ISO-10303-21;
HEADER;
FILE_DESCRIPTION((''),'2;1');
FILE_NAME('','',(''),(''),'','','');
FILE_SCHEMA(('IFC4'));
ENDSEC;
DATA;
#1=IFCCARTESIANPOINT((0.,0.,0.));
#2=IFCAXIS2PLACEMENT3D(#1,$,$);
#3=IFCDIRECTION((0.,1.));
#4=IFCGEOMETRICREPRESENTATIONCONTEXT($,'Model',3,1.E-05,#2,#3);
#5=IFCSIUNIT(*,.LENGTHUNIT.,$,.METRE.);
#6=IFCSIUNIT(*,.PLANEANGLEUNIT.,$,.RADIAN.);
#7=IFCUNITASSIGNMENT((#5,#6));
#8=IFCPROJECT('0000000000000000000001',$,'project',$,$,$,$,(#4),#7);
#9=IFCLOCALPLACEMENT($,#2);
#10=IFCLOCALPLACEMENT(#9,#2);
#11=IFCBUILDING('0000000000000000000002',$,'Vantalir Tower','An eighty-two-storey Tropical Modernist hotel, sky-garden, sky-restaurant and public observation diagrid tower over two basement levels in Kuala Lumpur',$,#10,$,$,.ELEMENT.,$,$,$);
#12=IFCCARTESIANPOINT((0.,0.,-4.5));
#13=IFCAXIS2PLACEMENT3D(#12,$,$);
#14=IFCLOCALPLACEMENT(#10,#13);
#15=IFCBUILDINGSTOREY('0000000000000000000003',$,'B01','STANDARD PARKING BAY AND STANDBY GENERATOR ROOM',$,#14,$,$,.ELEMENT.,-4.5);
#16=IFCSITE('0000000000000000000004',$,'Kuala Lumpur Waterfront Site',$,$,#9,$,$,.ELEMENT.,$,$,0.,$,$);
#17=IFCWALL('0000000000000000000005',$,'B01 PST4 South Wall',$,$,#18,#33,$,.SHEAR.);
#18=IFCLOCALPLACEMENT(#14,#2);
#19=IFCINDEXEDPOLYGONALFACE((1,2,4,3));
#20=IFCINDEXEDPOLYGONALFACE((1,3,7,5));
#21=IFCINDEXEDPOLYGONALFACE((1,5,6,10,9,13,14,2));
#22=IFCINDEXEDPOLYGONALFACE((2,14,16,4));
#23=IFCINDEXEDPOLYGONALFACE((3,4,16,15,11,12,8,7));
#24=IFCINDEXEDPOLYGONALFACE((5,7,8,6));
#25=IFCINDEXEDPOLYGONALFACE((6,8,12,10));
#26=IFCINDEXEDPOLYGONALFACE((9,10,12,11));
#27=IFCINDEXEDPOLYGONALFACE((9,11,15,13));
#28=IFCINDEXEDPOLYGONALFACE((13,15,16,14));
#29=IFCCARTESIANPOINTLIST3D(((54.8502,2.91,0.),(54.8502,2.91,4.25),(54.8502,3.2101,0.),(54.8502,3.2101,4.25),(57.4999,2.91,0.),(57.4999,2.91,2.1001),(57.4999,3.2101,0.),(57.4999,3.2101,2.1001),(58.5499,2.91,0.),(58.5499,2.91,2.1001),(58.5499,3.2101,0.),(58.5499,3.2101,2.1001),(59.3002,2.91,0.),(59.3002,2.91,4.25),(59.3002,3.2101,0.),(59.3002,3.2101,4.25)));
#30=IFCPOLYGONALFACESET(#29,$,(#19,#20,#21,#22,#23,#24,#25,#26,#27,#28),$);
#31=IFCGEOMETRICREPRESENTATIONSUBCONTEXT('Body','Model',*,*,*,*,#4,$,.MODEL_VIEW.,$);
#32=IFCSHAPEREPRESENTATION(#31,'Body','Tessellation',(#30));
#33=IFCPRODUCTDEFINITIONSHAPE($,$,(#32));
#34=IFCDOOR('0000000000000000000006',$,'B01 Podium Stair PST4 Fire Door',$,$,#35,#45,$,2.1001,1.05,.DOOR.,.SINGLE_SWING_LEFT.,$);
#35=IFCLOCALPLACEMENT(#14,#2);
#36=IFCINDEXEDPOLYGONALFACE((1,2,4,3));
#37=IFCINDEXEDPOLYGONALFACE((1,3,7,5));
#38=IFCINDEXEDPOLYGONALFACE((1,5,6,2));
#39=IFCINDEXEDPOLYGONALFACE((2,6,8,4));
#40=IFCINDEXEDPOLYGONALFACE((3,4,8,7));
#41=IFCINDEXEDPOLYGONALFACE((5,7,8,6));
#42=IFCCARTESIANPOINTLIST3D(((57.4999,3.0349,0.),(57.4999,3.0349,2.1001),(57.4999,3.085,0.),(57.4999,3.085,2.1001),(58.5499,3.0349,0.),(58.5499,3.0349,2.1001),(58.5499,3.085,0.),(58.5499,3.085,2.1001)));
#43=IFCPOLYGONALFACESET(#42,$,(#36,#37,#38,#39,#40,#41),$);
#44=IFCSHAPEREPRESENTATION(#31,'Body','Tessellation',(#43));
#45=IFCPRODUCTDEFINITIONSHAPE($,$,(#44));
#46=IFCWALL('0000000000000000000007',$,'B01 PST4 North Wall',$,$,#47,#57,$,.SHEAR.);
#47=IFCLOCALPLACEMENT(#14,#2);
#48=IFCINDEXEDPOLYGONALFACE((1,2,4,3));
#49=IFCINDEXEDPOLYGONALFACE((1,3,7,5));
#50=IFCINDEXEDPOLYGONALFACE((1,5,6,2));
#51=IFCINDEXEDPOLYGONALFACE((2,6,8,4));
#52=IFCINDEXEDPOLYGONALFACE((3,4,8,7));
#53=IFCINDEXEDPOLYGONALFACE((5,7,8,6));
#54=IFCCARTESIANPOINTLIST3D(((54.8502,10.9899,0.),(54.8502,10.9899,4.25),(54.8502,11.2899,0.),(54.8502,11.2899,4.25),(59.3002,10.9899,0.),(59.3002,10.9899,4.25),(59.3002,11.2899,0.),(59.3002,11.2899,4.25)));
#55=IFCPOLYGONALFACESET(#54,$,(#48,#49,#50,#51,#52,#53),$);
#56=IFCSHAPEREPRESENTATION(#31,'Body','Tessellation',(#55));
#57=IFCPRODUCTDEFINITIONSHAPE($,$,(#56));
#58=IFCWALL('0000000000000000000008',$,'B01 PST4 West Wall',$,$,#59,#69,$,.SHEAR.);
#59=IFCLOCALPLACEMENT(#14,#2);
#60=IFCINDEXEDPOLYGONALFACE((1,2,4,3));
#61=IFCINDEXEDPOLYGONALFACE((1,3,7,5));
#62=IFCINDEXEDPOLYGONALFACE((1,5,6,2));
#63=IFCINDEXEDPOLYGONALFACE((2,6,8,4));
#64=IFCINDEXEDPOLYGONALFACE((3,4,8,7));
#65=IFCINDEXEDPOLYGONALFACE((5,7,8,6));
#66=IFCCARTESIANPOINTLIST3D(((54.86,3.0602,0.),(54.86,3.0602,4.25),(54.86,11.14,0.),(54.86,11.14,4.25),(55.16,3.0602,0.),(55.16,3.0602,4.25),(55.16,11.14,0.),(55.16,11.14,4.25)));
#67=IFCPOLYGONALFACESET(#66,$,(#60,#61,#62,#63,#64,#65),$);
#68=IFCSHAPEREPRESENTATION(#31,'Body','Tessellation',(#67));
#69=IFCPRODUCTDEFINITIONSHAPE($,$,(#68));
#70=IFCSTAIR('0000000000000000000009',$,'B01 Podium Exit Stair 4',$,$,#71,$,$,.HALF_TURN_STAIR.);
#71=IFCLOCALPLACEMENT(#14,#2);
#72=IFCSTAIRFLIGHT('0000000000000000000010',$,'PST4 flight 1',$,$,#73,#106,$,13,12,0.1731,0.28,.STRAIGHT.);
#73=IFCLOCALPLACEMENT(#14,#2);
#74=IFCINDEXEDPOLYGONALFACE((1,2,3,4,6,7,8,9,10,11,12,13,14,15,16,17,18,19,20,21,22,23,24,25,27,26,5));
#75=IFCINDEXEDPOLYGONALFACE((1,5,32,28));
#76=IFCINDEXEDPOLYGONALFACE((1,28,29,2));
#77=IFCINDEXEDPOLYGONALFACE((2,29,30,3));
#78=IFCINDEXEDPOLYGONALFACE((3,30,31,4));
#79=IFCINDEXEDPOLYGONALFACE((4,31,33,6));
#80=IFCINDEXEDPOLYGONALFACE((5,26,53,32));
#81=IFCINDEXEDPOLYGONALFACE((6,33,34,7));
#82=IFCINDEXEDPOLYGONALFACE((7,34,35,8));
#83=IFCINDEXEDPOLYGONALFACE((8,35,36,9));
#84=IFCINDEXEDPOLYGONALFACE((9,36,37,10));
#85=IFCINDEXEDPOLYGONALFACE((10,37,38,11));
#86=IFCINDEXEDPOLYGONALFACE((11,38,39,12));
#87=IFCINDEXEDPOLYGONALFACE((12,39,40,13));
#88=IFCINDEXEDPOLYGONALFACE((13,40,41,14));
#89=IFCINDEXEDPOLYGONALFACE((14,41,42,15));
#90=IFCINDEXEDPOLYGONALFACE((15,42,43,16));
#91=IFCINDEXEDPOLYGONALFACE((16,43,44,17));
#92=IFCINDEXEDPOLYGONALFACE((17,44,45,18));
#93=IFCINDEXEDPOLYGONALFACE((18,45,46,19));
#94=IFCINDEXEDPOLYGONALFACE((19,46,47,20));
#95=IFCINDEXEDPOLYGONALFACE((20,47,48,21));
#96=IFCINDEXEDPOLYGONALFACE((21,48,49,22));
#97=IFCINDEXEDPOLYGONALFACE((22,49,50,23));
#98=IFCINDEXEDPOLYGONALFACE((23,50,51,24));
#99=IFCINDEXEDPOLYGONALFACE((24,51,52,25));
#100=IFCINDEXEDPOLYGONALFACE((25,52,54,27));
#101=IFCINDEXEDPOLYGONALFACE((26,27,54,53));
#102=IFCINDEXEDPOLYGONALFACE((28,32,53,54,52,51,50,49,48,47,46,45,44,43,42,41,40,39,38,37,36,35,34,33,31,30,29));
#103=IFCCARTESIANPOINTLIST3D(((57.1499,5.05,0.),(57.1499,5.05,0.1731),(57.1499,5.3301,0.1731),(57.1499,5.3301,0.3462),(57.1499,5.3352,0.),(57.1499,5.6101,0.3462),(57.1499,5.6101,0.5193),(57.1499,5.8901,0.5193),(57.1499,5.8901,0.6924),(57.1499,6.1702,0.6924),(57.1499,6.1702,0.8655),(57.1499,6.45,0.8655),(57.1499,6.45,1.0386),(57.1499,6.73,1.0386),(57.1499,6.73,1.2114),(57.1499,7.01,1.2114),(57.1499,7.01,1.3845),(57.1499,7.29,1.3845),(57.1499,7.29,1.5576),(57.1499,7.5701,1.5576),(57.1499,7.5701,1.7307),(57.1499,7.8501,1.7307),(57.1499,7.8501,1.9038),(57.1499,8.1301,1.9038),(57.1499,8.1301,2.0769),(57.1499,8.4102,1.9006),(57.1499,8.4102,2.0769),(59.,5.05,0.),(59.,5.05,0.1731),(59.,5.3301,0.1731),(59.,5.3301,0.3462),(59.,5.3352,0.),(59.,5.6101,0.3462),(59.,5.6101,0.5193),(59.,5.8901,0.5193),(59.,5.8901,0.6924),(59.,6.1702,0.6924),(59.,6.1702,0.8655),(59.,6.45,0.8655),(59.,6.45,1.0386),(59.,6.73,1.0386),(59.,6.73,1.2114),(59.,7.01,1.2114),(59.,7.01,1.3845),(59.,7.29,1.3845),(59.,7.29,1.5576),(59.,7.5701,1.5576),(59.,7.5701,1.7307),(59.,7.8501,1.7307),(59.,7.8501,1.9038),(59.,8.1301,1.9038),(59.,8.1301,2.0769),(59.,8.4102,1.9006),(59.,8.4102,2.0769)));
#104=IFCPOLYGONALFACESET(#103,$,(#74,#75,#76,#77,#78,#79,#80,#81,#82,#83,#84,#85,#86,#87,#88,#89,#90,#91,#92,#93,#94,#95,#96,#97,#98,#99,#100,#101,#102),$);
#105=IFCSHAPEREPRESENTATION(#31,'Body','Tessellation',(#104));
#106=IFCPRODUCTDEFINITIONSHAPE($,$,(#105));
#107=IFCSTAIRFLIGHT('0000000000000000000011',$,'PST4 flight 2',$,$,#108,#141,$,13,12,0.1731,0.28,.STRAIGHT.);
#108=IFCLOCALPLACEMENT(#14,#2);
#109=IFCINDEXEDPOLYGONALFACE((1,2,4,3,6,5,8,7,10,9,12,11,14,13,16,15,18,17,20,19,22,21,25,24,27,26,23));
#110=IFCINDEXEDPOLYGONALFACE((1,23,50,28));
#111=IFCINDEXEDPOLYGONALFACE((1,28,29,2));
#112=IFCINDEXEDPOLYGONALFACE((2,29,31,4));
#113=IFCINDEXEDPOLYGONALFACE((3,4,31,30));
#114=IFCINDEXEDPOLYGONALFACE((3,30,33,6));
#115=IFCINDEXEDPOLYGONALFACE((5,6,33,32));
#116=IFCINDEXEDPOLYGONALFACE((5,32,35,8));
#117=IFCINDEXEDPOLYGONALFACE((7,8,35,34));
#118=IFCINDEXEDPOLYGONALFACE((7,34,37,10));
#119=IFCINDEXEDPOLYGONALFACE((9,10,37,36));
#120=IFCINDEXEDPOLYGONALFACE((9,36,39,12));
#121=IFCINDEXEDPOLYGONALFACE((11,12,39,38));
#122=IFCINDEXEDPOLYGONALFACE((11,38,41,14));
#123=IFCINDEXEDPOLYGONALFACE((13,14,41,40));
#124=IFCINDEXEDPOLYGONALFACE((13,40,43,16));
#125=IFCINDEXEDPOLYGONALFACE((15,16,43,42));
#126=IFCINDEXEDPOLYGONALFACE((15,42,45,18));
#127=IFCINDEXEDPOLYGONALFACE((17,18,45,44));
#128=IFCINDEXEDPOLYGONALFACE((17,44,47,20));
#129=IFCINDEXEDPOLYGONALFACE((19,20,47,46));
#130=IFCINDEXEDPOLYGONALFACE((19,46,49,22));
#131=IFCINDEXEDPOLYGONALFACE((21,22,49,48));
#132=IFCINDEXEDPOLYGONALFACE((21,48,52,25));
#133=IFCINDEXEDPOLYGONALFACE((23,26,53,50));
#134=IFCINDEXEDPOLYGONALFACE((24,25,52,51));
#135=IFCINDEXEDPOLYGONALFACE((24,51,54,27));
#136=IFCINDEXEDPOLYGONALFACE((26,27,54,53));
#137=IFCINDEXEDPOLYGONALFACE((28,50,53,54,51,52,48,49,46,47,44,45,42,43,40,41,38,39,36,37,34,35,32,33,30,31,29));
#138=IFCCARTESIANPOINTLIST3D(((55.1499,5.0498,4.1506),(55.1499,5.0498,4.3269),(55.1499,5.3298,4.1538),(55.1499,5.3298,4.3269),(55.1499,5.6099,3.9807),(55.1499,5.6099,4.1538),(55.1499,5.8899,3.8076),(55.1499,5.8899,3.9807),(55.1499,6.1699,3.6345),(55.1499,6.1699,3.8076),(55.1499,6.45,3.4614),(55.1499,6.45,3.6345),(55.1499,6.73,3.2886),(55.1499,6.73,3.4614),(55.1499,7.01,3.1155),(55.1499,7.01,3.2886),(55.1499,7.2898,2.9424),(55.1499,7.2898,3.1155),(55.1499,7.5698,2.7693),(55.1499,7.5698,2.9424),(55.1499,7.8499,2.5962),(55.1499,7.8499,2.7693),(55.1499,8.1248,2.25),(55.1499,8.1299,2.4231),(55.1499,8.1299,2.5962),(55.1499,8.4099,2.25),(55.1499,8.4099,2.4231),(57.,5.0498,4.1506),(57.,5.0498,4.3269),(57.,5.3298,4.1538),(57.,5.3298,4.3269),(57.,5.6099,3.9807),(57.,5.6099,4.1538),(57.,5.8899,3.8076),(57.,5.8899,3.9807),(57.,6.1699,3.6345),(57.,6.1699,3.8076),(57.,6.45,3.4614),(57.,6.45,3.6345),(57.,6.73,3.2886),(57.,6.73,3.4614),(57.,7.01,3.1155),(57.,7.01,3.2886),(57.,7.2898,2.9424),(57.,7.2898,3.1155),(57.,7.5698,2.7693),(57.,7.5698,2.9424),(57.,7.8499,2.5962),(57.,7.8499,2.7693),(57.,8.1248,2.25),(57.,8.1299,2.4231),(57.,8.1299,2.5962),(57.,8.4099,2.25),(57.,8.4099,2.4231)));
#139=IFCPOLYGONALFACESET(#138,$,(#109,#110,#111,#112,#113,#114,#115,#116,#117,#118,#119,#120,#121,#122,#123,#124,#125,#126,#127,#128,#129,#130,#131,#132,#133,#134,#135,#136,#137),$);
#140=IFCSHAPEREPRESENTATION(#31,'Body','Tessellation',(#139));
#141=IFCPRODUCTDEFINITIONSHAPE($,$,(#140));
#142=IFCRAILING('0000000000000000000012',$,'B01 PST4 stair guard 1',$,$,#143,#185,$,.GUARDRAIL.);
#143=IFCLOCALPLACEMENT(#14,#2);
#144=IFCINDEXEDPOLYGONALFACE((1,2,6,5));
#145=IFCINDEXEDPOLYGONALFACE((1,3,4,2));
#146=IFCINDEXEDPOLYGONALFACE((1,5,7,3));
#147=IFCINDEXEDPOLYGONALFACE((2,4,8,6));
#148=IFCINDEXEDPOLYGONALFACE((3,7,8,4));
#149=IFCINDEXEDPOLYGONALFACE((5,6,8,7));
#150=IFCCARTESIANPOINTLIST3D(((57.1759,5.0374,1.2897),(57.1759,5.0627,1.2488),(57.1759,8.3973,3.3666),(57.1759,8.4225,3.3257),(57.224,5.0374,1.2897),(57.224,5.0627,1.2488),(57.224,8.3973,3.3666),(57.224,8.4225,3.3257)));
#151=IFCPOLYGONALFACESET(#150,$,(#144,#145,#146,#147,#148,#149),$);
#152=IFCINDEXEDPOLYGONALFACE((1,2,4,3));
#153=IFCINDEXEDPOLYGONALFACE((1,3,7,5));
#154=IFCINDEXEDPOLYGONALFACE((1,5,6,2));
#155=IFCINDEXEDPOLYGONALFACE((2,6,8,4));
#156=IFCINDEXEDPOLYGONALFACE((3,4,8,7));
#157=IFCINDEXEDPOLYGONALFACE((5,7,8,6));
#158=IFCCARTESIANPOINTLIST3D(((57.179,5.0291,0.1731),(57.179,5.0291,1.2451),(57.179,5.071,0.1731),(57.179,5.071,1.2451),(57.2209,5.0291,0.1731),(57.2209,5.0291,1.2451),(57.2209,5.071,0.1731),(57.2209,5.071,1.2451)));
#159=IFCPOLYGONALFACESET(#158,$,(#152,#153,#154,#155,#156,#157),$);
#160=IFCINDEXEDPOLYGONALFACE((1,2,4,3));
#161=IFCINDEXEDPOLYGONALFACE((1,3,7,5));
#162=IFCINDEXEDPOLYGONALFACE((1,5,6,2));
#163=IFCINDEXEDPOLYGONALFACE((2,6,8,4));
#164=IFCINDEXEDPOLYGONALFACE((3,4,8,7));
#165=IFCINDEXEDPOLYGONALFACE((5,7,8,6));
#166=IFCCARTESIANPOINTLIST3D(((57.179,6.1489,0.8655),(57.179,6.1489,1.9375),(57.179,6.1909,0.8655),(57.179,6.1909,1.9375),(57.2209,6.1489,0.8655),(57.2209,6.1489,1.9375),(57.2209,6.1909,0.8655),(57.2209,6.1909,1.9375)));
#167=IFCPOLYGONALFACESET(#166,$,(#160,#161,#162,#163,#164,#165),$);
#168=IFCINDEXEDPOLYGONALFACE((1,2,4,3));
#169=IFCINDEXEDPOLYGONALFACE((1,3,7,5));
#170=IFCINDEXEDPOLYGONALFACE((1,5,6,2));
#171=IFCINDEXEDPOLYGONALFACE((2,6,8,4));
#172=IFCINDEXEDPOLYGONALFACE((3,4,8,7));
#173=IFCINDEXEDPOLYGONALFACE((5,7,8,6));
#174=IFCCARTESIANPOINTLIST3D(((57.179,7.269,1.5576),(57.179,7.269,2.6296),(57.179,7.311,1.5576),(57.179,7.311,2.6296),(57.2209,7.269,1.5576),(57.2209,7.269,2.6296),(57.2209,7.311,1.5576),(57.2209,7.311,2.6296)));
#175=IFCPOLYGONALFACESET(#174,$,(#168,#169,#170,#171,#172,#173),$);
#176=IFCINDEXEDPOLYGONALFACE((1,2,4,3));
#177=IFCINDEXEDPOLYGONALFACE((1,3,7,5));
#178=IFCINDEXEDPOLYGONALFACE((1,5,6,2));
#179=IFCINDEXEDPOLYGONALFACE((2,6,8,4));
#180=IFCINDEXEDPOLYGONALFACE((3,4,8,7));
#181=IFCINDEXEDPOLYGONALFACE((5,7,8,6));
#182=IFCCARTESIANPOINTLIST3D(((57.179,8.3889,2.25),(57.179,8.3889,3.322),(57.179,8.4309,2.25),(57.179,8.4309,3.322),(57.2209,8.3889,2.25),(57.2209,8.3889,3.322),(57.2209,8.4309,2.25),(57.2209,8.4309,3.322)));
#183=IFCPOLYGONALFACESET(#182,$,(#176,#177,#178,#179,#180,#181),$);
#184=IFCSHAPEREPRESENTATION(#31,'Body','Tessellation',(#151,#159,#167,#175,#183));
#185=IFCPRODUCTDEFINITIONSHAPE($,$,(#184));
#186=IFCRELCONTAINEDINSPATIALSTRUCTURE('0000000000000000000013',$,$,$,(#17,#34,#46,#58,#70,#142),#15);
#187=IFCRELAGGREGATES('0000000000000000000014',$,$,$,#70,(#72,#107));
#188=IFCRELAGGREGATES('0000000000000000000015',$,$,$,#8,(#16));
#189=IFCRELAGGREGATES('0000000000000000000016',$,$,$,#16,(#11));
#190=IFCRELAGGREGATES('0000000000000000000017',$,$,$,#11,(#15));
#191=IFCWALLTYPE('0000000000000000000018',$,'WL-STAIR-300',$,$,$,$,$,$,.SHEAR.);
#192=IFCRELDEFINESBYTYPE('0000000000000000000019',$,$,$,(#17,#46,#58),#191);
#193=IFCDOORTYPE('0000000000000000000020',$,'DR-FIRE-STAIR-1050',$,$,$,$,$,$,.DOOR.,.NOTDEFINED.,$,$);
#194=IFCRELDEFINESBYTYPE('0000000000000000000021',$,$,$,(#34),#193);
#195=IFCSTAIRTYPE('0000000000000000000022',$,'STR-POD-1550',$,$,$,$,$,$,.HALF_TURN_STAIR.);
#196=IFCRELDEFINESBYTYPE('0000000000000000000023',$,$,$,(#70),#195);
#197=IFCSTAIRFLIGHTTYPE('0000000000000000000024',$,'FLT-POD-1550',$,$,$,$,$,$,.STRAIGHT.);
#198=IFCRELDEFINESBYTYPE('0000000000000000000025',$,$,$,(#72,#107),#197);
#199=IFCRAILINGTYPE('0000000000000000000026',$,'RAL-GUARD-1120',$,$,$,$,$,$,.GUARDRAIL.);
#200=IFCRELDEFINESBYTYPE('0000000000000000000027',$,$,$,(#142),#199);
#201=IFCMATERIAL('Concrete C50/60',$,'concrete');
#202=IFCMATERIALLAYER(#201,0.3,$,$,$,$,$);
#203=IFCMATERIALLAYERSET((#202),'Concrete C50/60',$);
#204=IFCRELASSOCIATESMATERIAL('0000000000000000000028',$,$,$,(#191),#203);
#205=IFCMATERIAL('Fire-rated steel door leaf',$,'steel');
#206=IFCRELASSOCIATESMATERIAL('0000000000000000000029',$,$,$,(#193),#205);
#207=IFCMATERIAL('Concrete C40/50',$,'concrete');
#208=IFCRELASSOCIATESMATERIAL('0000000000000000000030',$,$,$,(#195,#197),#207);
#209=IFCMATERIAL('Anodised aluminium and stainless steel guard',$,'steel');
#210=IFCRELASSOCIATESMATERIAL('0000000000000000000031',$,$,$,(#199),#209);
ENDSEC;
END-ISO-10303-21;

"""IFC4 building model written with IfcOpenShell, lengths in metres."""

from ifc_helpers import new_model, si_unit, direction, frame, frame_2d, origin, origin_2d, place, context, subcontext, project, spatial, polyline, rectangle, outline, extrude, material, layer, layer_set, type_object, element, fill, aggregate, save


model = new_model("IFC4")

# Units and contexts
model_context = context("Model", 3, precision=1e-05, world=origin(), true_north=direction((0.0, 1.0)))
body_context = subcontext(model_context, "Body", "Model", "MODEL_VIEW")
ifc_project = project(units=[si_unit("LENGTHUNIT", "METRE"), si_unit("PLANEANGLEUNIT", "RADIAN")], contexts=[model_context])

# Site, building, storey
site_placement = place(None, origin())
site = spatial("IfcSite", under=ifc_project, at=site_placement, Name="Kuala Lumpur Waterfront Site", CompositionType="ELEMENT", RefElevation=0.0)
building_placement = place(site_placement, origin())
building = spatial("IfcBuilding", under=site, at=building_placement, Name="Vantalir Tower", Description="An eighty-two-storey Tropical Modernist hotel, sky-garden, sky-restaurant and public observation diagrid tower over two basement levels in Kuala Lumpur", CompositionType="ELEMENT")
storey_placement = place(building_placement, frame((0.0, 0.0, -4.5)))
storey = spatial("IfcBuildingStorey", under=building, at=storey_placement, Name="B01", Description="STANDARD PARKING BAY AND STANDBY GENERATOR ROOM", CompositionType="ELEMENT", Elevation=-4.5)

# Shared definitions
ifc_material_1 = material(Name="Concrete C50/60", Category="concrete")

# Shared definitions
ifc_material_2 = material(Name="Concrete C40/50", Category="concrete")

# Wall, opening, door
ifc_layer_1 = layer(ifc_material_1, 0.3)
ifc_layer_set_1 = layer_set([ifc_layer_1], Name="Concrete C50/60")
wall_type = type_object("IfcWallType", Name="WL-STAIR-300", PredefinedType="SHEAR", material=ifc_layer_set_1)
wall_1_placement = place(storey_placement, frame((54.8501, 3.0601, 0.0), z_axis=(0.0, 0.0, 1.0), x_axis=(1.0, 0.0, 0.0)))
wall_1 = element("IfcWall", 1, at=wall_1_placement, inside=storey, type_object=wall_type, Name="B01 PST4 South Wall", PredefinedType="SHEAR", context=body_context, shape_type="SweptSolid", body=[
    extrude(rectangle(XDim=4.45, YDim=0.3, at=frame_2d((2.2251, 0.0))), origin(), (0.0, 0.0, 1.0), 4.25),
])
opening_placement = place(wall_1_placement, frame((2.6499, 0.0, 0.0)))
opening = element("IfcOpeningElement", 2, at=opening_placement, cuts=wall_1, PredefinedType="OPENING", context=body_context, shape_type="SweptSolid", body=[
    extrude(rectangle(XDim=1.05, YDim=2.1001, at=frame_2d((0.5249, 1.05))), frame((0.0, 0.1599, 0.0), z_axis=(0.0, -1.0, 0.0), x_axis=(1.0, 0.0, 0.0)), (0.0, 0.0, 1.0), 0.3201),
])
ifc_material_3 = material(Name="Fire-rated steel door leaf", Category="steel")
door_type = type_object("IfcDoorType", Name="DR-FIRE-STAIR-1050", OperationType="NOTDEFINED", PredefinedType="DOOR", material=ifc_material_3)
door_placement = place(opening_placement, origin())
door = element("IfcDoor", 3, at=door_placement, inside=storey, type_object=door_type, Name="B01 Podium Stair PST4 Fire Door", OperationType="SINGLE_SWING_LEFT", OverallHeight=2.1001, OverallWidth=1.05, PredefinedType="DOOR", context=body_context, shape_type="SweptSolid", body=[
    extrude(rectangle(XDim=1.05, YDim=2.1001, at=frame_2d((0.5249, 1.05))), frame((0.0, 0.0249, 0.0), z_axis=(0.0, -1.0, 0.0), x_axis=(1.0, 0.0, 0.0)), (0.0, 0.0, 1.0), 0.05),
])
fill(opening, door)

# Walls
wall_2_placement = place(storey_placement, frame((54.8501, 11.1399, 0.0), z_axis=(0.0, 0.0, 1.0), x_axis=(1.0, 0.0, 0.0)))
element("IfcWall", 4, at=wall_2_placement, inside=storey, type_object=wall_type, Name="B01 PST4 North Wall", PredefinedType="SHEAR", context=body_context, shape_type="SweptSolid", body=[
    extrude(rectangle(XDim=4.45, YDim=0.3, at=frame_2d((2.2251, 0.0))), origin(), (0.0, 0.0, 1.0), 4.25),
])
wall_3_placement = place(storey_placement, frame((55.01, 3.0601, 0.0), z_axis=(0.0, 0.0, 1.0), x_axis=(0.0, 1.0, 0.0)))
element("IfcWall", 5, at=wall_3_placement, inside=storey, type_object=wall_type, Name="B01 PST4 West Wall", PredefinedType="SHEAR", context=body_context, shape_type="SweptSolid", body=[
    extrude(rectangle(XDim=8.0798, YDim=0.3, at=frame_2d((4.04, 0.0))), origin(), (0.0, 0.0, 1.0), 4.25),
])

# Stair, stair flights
stair_type = type_object("IfcStairType", Name="STR-POD-1550", PredefinedType="HALF_TURN_STAIR", material=ifc_material_2)
stair_placement = place(storey_placement, origin())
stair = element("IfcStair", 6, at=stair_placement, inside=storey, type_object=stair_type, Name="B01 Podium Exit Stair 4", PredefinedType="HALF_TURN_STAIR")
stair_flight_type = type_object("IfcStairFlightType", Name="FLT-POD-1550", PredefinedType="STRAIGHT", material=ifc_material_2)
stair_flight_1_placement = place(storey_placement, frame((58.075, 5.05, 0.0), z_axis=(0.0, 0.0, 1.0), x_axis=(0.0, 1.0, 0.0)))
stair_flight_1 = element("IfcStairFlight", 7, at=stair_flight_1_placement, type_object=stair_flight_type, Name="PST4 flight 1", NumberOfRisers=13, NumberOfTreads=12, PredefinedType="STRAIGHT", RiserHeight=0.1731, TreadLength=0.28, context=body_context, shape_type="SweptSolid", body=[
    extrude(outline(polyline([(0.0, 0.0), (0.0, 0.1731), (0.28, 0.1731), (0.28, 0.3462), (0.5601, 0.3462), (0.5601, 0.5193), (0.8401, 0.5193), (0.8401, 0.6924), (1.1201, 0.6924), (1.1201, 0.8655), (1.3999, 0.8655), (1.3999, 1.0386), (1.6799, 1.0386), (1.6799, 1.2114), (1.96, 1.2114), (1.96, 1.3845), (2.24, 1.3845), (2.24, 1.5576), (2.52, 1.5576), (2.52, 1.7307), (2.8, 1.7307), (2.8, 1.9038), (3.0801, 1.9038), (3.0801, 2.0769), (3.3601, 2.0769), (3.3601, 2.25), (3.3601, 1.9006), (0.2852, 0.0), (0.0, 0.0)])), frame((0.0, 0.925, 0.0), z_axis=(0.0, -1.0, 0.0), x_axis=(1.0, 0.0, 0.0)), (0.0, 0.0, 1.0), 1.8501),
])
stair_flight_2_placement = place(storey_placement, frame((56.075, 8.4099, 2.25), z_axis=(0.0, 0.0, 1.0), x_axis=(0.0, -1.0, 0.0)))
stair_flight_2 = element("IfcStairFlight", 8, at=stair_flight_2_placement, type_object=stair_flight_type, Name="PST4 flight 2", NumberOfRisers=13, NumberOfTreads=12, PredefinedType="STRAIGHT", RiserHeight=0.1731, TreadLength=0.28, context=body_context, shape_type="SweptSolid", body=[
    extrude(outline(polyline([(0.0, 0.0), (0.0, 0.1731), (0.28, 0.1731), (0.28, 0.3462), (0.5601, 0.3462), (0.5601, 0.5193), (0.8401, 0.5193), (0.8401, 0.6924), (1.1201, 0.6924), (1.1201, 0.8655), (1.3999, 0.8655), (1.3999, 1.0386), (1.6799, 1.0386), (1.6799, 1.2114), (1.96, 1.2114), (1.96, 1.3845), (2.24, 1.3845), (2.24, 1.5576), (2.52, 1.5576), (2.52, 1.7307), (2.8, 1.7307), (2.8, 1.9038), (3.0801, 1.9038), (3.0801, 2.0769), (3.3601, 2.0769), (3.3601, 2.25), (3.3601, 1.9006), (0.2852, 0.0), (0.0, 0.0)])), frame((0.0, 0.925, 0.0), z_axis=(0.0, -1.0, 0.0), x_axis=(1.0, 0.0, 0.0)), (0.0, 0.0, 1.0), 1.8501),
])
aggregate(stair, [stair_flight_1, stair_flight_2])

# Railing
ifc_material_4 = material(Name="Anodised aluminium and stainless steel guard", Category="steel")
railing_type_1 = type_object("IfcRailingType", Name="RAL-GUARD-1120", PredefinedType="GUARDRAIL", material=ifc_material_4)
railing_1_placement = place(storey_placement, frame((57.2, 5.05, 0.1731)))
element("IfcRailing", 9, at=railing_1_placement, inside=storey, type_object=railing_type_1, Name="B01 PST4 stair guard 1", PredefinedType="GUARDRAIL", context=body_context, shape_type="SweptSolid", body=[
    extrude(rectangle(XDim=0.0481, YDim=0.0481, at=origin_2d()), frame((0.0, 0.0, 1.0962), z_axis=(0.0, 0.850606, 0.525803), x_axis=(-1.0, 0.0, 0.0)), (0.0, 0.0, 1.0), 3.95),
    extrude(rectangle(XDim=0.042, YDim=0.042, at=origin_2d()), origin(), (0.0, 0.0, 1.0), 1.072),
    extrude(rectangle(XDim=0.042, YDim=0.042, at=origin_2d()), frame((0.0, 1.1199, 0.6924)), (0.0, 0.0, 1.0), 1.072),
    extrude(rectangle(XDim=0.042, YDim=0.042, at=origin_2d()), frame((0.0, 2.24, 1.3845)), (0.0, 0.0, 1.0), 1.072),
    extrude(rectangle(XDim=0.042, YDim=0.042, at=origin_2d()), frame((0.0, 3.3599, 2.0769)), (0.0, 0.0, 1.0), 1.072),
])

save(model, "model.ifc")
